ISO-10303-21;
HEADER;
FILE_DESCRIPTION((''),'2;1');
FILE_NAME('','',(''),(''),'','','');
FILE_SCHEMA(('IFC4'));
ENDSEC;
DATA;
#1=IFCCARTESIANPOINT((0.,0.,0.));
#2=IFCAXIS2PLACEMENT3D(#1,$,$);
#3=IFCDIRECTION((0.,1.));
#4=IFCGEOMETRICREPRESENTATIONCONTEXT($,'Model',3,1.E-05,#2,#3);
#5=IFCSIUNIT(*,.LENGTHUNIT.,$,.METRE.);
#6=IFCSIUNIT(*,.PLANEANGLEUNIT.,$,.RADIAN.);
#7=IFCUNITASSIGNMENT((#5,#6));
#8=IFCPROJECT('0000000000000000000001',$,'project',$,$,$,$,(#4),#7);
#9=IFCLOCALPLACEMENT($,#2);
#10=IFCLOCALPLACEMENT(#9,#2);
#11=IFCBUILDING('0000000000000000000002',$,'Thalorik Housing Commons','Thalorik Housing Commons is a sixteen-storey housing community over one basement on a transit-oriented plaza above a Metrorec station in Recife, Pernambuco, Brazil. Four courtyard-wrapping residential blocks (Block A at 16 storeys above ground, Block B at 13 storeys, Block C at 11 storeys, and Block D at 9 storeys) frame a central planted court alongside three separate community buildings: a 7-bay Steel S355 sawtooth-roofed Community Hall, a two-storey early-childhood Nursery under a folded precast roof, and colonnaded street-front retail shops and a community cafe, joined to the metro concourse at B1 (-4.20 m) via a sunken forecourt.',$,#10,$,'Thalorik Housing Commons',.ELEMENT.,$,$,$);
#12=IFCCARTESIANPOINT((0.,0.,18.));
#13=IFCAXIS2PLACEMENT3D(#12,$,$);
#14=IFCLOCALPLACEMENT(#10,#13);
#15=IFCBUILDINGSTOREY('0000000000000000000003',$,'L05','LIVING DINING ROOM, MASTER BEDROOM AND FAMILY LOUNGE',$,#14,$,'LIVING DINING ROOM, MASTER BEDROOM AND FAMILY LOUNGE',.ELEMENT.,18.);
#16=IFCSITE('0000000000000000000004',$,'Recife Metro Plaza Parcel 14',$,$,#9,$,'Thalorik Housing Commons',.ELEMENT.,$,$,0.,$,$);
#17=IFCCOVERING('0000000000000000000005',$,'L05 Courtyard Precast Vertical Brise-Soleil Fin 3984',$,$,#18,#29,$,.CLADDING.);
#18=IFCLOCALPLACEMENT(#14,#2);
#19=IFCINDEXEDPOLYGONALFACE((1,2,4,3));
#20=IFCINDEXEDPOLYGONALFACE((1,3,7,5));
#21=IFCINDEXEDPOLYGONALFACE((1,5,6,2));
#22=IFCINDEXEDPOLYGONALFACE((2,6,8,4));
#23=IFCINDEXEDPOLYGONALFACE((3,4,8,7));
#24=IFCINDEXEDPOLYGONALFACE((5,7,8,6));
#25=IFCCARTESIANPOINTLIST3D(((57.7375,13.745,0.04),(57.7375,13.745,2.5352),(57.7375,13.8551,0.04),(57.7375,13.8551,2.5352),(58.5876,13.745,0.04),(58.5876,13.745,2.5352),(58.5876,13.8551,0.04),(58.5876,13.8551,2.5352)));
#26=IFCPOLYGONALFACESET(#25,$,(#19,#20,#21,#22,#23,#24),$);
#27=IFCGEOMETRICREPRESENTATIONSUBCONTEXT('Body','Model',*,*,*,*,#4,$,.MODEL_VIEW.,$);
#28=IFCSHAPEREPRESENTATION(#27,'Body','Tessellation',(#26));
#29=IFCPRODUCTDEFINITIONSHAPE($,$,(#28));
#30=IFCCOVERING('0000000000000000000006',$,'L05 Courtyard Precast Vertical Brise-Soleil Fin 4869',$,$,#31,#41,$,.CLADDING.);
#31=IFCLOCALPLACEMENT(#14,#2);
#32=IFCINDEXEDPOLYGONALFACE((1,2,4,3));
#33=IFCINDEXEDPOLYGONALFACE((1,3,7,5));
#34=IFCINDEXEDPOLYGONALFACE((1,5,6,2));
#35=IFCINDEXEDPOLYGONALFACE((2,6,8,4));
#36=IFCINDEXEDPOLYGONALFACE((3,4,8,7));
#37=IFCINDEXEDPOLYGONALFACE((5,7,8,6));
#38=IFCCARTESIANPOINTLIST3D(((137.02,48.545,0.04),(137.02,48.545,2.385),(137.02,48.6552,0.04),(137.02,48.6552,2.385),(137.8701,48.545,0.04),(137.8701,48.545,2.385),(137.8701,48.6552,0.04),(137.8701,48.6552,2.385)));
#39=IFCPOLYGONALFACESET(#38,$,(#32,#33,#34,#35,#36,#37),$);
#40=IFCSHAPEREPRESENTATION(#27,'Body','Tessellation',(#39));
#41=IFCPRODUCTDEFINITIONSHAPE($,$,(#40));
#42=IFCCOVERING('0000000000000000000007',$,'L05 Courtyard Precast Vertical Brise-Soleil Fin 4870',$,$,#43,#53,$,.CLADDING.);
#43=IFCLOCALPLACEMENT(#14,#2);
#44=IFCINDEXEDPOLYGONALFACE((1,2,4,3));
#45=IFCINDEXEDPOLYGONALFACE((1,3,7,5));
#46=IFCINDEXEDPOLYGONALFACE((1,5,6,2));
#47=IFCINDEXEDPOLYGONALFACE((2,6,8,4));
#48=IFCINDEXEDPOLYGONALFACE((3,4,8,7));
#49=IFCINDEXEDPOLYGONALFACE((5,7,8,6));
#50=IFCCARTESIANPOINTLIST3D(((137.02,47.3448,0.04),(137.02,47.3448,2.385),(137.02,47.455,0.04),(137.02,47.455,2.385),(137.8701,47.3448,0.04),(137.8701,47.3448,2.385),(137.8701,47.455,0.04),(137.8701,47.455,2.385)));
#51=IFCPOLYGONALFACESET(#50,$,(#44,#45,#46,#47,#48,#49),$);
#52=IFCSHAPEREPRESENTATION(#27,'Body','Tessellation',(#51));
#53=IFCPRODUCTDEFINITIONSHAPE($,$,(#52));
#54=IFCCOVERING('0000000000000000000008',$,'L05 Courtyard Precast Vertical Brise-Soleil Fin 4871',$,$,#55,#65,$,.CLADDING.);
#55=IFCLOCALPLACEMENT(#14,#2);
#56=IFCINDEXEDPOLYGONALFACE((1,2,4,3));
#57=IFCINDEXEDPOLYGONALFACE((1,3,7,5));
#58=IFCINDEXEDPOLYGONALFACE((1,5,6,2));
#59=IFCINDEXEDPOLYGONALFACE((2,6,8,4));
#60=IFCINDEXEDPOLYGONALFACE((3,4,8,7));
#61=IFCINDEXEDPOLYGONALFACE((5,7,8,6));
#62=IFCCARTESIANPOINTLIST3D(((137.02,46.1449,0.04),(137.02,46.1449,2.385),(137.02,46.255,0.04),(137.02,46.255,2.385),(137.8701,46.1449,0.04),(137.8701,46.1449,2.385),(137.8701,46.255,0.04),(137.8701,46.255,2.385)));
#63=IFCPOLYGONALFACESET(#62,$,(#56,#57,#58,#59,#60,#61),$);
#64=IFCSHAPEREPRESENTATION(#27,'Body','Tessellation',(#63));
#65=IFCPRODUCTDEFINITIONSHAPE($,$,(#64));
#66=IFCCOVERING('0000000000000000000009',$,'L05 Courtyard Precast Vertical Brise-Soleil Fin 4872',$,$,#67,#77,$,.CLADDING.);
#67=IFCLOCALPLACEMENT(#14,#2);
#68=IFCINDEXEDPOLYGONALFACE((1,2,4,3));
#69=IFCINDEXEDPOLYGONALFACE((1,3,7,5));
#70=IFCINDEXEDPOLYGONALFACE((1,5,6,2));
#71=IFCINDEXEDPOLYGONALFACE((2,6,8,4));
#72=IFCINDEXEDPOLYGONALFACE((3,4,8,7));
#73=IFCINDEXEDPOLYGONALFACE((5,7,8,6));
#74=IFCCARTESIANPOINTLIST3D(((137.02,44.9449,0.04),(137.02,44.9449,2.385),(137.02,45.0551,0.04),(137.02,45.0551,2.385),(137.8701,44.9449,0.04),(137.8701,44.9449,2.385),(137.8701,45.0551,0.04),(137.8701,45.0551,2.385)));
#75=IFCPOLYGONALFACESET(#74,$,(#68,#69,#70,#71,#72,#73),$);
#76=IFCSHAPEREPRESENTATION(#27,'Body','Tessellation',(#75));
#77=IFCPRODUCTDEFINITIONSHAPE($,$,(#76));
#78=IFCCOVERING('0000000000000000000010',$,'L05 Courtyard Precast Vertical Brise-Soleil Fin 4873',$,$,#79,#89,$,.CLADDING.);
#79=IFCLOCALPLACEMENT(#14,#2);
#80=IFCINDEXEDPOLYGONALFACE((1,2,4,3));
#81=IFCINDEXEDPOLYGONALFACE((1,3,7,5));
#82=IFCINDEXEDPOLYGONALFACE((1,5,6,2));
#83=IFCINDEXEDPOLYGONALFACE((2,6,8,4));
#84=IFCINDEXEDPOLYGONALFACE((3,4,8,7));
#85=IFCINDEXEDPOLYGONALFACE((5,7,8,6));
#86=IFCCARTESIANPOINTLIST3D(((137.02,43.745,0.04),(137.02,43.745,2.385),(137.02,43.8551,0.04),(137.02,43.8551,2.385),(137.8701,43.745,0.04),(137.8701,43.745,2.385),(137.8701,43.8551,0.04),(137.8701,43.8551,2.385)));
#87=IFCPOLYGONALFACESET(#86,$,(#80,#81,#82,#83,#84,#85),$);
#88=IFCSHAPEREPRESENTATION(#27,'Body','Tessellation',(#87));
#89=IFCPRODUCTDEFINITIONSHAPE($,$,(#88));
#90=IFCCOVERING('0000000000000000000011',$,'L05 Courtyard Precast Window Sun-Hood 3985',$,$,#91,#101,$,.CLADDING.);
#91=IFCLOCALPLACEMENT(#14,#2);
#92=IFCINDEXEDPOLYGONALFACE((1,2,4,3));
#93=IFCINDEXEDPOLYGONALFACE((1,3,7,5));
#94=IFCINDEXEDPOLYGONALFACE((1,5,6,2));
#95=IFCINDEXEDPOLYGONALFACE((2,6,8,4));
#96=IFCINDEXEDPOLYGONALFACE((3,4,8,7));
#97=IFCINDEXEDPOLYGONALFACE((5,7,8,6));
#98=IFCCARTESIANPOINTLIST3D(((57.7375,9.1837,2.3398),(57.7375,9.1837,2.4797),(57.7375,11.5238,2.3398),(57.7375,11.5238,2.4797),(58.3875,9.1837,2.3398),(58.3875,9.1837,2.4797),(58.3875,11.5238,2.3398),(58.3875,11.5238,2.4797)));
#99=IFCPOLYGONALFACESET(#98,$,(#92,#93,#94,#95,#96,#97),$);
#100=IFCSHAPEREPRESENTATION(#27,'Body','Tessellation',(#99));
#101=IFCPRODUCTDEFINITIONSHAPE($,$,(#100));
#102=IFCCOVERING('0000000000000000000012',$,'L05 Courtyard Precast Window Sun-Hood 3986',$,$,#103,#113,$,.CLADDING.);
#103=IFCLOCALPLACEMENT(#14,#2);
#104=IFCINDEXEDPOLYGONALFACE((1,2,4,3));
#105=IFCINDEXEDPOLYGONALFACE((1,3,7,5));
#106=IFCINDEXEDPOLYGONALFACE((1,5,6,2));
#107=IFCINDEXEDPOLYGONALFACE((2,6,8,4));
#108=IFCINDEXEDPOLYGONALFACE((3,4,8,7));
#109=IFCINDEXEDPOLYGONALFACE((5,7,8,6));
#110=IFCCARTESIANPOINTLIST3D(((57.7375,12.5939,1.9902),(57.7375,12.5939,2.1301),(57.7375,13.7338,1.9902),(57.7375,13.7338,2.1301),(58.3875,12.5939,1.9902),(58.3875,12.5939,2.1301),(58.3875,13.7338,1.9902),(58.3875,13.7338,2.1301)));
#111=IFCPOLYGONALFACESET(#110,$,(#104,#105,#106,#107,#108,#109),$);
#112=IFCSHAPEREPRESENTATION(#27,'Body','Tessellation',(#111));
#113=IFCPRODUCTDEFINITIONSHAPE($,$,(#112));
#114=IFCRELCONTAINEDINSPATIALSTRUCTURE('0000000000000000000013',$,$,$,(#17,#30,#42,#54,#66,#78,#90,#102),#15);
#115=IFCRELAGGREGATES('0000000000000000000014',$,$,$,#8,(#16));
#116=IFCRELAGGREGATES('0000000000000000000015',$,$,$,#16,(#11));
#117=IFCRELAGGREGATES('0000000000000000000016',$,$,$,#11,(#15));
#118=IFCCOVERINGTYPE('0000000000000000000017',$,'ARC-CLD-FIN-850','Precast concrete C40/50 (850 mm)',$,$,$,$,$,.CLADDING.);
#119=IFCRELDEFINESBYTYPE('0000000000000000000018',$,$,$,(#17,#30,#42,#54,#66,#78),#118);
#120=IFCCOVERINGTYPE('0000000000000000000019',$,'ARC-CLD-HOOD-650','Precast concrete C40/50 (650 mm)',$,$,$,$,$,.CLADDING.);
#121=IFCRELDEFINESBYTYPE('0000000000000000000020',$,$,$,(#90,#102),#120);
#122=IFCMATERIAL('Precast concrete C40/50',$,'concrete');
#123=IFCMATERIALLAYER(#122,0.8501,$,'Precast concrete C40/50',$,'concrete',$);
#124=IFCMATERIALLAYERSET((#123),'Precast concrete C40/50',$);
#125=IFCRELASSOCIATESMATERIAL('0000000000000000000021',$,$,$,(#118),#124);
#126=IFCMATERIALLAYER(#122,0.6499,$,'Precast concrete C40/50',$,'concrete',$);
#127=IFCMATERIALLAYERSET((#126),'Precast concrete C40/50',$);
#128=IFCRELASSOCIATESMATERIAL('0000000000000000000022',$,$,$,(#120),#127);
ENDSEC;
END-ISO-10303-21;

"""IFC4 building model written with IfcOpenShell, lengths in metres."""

from ifc_helpers import new_model, si_unit, direction, frame, origin, origin_2d, place, context, subcontext, project, spatial, rectangle, extrude, material, layer, layer_set, type_object, element, save


model = new_model("IFC4")

# Units and contexts
model_context = context("Model", 3, precision=1e-05, world=origin(), true_north=direction((0.0, 1.0)))
body_context = subcontext(model_context, "Body", "Model", "MODEL_VIEW")
ifc_project = project(units=[si_unit("LENGTHUNIT", "METRE"), si_unit("PLANEANGLEUNIT", "RADIAN")], contexts=[model_context])

# Site, building, storey
site_placement = place(None, origin())
site = spatial("IfcSite", under=ifc_project, at=site_placement, Name="Recife Metro Plaza Parcel 14", LongName="Thalorik Housing Commons", CompositionType="ELEMENT", RefElevation=0.0)
building_placement = place(site_placement, origin())
building = spatial("IfcBuilding", under=site, at=building_placement, Name="Thalorik Housing Commons", Description="Thalorik Housing Commons is a sixteen-storey housing community over one basement on a transit-oriented plaza above a Metrorec station in Recife, Pernambuco, Brazil. Four courtyard-wrapping residential blocks (Block A at 16 storeys above ground, Block B at 13 storeys, Block C at 11 storeys, and Block D at 9 storeys) frame a central planted court alongside three separate community buildings: a 7-bay Steel S355 sawtooth-roofed Community Hall, a two-storey early-childhood Nursery under a folded precast roof, and colonnaded street-front retail shops and a community cafe, joined to the metro concourse at B1 (-4.20 m) via a sunken forecourt.", LongName="Thalorik Housing Commons", CompositionType="ELEMENT")
storey_placement = place(building_placement, frame((0.0, 0.0, 18.0)))
storey = spatial("IfcBuildingStorey", under=building, at=storey_placement, Name="L05", Description="LIVING DINING ROOM, MASTER BEDROOM AND FAMILY LOUNGE", LongName="LIVING DINING ROOM, MASTER BEDROOM AND FAMILY LOUNGE", CompositionType="ELEMENT", Elevation=18.0)

# Coverings
ifc_material_1 = material(Name="Precast concrete C40/50", Category="concrete")
ifc_layer_1 = layer(ifc_material_1, 0.8501, Name="Precast concrete C40/50", Category="concrete")
ifc_layer_set_1 = layer_set([ifc_layer_1], Name="Precast concrete C40/50")
covering_type_1 = type_object("IfcCoveringType", Name="ARC-CLD-FIN-850", Description="Precast concrete C40/50 (850 mm)", PredefinedType="CLADDING", material=ifc_layer_set_1)
for number, where, z_axis, x_axis, name in (
    (1, (58.1626, 13.8, 0.04), (0.0, 0.0, 1.0), (0.0, 1.0, 0.0), "L05 Courtyard Precast Vertical Brise-Soleil Fin 3984"),
):
    element("IfcCovering", number, at=place(storey_placement, frame(where, z_axis=z_axis, x_axis=x_axis)), inside=storey, type_object=covering_type_1, Name=name, PredefinedType="CLADDING", context=body_context, shape_type="SweptSolid", body=[
        extrude(rectangle(XDim=0.1101, YDim=0.8501, at=origin_2d()), origin(), (0.0, 0.0, 1.0), 2.4951),
    ])
for number, where, z_axis, x_axis, name in (
    (2, (137.4451, 48.6001, 0.04), (0.0, 0.0, 1.0), (0.0, -1.0, 0.0), "L05 Courtyard Precast Vertical Brise-Soleil Fin 4869"),
    (3, (137.4451, 47.3999, 0.04), (0.0, 0.0, 1.0), (0.0, -1.0, 0.0), "L05 Courtyard Precast Vertical Brise-Soleil Fin 4870"),
    (4, (137.4451, 46.2, 0.04), (0.0, 0.0, 1.0), (0.0, -1.0, 0.0), "L05 Courtyard Precast Vertical Brise-Soleil Fin 4871"),
    (5, (137.4451, 45.0, 0.04), (0.0, 0.0, 1.0), (0.0, -1.0, 0.0), "L05 Courtyard Precast Vertical Brise-Soleil Fin 4872"),
    (6, (137.4451, 43.8, 0.04), (0.0, 0.0, 1.0), (0.0, -1.0, 0.0), "L05 Courtyard Precast Vertical Brise-Soleil Fin 4873"),
):
    element("IfcCovering", number, at=place(storey_placement, frame(where, z_axis=z_axis, x_axis=x_axis)), inside=storey, type_object=covering_type_1, Name=name, PredefinedType="CLADDING", context=body_context, shape_type="SweptSolid", body=[
        extrude(rectangle(XDim=0.1101, YDim=0.8501, at=origin_2d()), origin(), (0.0, 0.0, 1.0), 2.345),
    ])
ifc_layer_2 = layer(ifc_material_1, 0.6499, Name="Precast concrete C40/50", Category="concrete")
ifc_layer_set_2 = layer_set([ifc_layer_2], Name="Precast concrete C40/50")
covering_type_2 = type_object("IfcCoveringType", Name="ARC-CLD-HOOD-650", Description="Precast concrete C40/50 (650 mm)", PredefinedType="CLADDING", material=ifc_layer_set_2)
covering_1_placement = place(storey_placement, frame((58.0625, 10.3538, 2.3398), z_axis=(0.0, 0.0, 1.0), x_axis=(0.0, 1.0, 0.0)))
element("IfcCovering", 7, at=covering_1_placement, inside=storey, type_object=covering_type_2, Name="L05 Courtyard Precast Window Sun-Hood 3985", PredefinedType="CLADDING", context=body_context, shape_type="SweptSolid", body=[
    extrude(rectangle(XDim=2.3401, YDim=0.6499, at=origin_2d()), origin(), (0.0, 0.0, 1.0), 0.1399),
])
covering_2_placement = place(storey_placement, frame((58.0625, 13.1638, 1.9902), z_axis=(0.0, 0.0, 1.0), x_axis=(0.0, 1.0, 0.0)))
element("IfcCovering", 8, at=covering_2_placement, inside=storey, type_object=covering_type_2, Name="L05 Courtyard Precast Window Sun-Hood 3986", PredefinedType="CLADDING", context=body_context, shape_type="SweptSolid", body=[
    extrude(rectangle(XDim=1.1399, YDim=0.6499, at=origin_2d()), origin(), (0.0, 0.0, 1.0), 0.1399),
])

save(model, "model.ifc")
